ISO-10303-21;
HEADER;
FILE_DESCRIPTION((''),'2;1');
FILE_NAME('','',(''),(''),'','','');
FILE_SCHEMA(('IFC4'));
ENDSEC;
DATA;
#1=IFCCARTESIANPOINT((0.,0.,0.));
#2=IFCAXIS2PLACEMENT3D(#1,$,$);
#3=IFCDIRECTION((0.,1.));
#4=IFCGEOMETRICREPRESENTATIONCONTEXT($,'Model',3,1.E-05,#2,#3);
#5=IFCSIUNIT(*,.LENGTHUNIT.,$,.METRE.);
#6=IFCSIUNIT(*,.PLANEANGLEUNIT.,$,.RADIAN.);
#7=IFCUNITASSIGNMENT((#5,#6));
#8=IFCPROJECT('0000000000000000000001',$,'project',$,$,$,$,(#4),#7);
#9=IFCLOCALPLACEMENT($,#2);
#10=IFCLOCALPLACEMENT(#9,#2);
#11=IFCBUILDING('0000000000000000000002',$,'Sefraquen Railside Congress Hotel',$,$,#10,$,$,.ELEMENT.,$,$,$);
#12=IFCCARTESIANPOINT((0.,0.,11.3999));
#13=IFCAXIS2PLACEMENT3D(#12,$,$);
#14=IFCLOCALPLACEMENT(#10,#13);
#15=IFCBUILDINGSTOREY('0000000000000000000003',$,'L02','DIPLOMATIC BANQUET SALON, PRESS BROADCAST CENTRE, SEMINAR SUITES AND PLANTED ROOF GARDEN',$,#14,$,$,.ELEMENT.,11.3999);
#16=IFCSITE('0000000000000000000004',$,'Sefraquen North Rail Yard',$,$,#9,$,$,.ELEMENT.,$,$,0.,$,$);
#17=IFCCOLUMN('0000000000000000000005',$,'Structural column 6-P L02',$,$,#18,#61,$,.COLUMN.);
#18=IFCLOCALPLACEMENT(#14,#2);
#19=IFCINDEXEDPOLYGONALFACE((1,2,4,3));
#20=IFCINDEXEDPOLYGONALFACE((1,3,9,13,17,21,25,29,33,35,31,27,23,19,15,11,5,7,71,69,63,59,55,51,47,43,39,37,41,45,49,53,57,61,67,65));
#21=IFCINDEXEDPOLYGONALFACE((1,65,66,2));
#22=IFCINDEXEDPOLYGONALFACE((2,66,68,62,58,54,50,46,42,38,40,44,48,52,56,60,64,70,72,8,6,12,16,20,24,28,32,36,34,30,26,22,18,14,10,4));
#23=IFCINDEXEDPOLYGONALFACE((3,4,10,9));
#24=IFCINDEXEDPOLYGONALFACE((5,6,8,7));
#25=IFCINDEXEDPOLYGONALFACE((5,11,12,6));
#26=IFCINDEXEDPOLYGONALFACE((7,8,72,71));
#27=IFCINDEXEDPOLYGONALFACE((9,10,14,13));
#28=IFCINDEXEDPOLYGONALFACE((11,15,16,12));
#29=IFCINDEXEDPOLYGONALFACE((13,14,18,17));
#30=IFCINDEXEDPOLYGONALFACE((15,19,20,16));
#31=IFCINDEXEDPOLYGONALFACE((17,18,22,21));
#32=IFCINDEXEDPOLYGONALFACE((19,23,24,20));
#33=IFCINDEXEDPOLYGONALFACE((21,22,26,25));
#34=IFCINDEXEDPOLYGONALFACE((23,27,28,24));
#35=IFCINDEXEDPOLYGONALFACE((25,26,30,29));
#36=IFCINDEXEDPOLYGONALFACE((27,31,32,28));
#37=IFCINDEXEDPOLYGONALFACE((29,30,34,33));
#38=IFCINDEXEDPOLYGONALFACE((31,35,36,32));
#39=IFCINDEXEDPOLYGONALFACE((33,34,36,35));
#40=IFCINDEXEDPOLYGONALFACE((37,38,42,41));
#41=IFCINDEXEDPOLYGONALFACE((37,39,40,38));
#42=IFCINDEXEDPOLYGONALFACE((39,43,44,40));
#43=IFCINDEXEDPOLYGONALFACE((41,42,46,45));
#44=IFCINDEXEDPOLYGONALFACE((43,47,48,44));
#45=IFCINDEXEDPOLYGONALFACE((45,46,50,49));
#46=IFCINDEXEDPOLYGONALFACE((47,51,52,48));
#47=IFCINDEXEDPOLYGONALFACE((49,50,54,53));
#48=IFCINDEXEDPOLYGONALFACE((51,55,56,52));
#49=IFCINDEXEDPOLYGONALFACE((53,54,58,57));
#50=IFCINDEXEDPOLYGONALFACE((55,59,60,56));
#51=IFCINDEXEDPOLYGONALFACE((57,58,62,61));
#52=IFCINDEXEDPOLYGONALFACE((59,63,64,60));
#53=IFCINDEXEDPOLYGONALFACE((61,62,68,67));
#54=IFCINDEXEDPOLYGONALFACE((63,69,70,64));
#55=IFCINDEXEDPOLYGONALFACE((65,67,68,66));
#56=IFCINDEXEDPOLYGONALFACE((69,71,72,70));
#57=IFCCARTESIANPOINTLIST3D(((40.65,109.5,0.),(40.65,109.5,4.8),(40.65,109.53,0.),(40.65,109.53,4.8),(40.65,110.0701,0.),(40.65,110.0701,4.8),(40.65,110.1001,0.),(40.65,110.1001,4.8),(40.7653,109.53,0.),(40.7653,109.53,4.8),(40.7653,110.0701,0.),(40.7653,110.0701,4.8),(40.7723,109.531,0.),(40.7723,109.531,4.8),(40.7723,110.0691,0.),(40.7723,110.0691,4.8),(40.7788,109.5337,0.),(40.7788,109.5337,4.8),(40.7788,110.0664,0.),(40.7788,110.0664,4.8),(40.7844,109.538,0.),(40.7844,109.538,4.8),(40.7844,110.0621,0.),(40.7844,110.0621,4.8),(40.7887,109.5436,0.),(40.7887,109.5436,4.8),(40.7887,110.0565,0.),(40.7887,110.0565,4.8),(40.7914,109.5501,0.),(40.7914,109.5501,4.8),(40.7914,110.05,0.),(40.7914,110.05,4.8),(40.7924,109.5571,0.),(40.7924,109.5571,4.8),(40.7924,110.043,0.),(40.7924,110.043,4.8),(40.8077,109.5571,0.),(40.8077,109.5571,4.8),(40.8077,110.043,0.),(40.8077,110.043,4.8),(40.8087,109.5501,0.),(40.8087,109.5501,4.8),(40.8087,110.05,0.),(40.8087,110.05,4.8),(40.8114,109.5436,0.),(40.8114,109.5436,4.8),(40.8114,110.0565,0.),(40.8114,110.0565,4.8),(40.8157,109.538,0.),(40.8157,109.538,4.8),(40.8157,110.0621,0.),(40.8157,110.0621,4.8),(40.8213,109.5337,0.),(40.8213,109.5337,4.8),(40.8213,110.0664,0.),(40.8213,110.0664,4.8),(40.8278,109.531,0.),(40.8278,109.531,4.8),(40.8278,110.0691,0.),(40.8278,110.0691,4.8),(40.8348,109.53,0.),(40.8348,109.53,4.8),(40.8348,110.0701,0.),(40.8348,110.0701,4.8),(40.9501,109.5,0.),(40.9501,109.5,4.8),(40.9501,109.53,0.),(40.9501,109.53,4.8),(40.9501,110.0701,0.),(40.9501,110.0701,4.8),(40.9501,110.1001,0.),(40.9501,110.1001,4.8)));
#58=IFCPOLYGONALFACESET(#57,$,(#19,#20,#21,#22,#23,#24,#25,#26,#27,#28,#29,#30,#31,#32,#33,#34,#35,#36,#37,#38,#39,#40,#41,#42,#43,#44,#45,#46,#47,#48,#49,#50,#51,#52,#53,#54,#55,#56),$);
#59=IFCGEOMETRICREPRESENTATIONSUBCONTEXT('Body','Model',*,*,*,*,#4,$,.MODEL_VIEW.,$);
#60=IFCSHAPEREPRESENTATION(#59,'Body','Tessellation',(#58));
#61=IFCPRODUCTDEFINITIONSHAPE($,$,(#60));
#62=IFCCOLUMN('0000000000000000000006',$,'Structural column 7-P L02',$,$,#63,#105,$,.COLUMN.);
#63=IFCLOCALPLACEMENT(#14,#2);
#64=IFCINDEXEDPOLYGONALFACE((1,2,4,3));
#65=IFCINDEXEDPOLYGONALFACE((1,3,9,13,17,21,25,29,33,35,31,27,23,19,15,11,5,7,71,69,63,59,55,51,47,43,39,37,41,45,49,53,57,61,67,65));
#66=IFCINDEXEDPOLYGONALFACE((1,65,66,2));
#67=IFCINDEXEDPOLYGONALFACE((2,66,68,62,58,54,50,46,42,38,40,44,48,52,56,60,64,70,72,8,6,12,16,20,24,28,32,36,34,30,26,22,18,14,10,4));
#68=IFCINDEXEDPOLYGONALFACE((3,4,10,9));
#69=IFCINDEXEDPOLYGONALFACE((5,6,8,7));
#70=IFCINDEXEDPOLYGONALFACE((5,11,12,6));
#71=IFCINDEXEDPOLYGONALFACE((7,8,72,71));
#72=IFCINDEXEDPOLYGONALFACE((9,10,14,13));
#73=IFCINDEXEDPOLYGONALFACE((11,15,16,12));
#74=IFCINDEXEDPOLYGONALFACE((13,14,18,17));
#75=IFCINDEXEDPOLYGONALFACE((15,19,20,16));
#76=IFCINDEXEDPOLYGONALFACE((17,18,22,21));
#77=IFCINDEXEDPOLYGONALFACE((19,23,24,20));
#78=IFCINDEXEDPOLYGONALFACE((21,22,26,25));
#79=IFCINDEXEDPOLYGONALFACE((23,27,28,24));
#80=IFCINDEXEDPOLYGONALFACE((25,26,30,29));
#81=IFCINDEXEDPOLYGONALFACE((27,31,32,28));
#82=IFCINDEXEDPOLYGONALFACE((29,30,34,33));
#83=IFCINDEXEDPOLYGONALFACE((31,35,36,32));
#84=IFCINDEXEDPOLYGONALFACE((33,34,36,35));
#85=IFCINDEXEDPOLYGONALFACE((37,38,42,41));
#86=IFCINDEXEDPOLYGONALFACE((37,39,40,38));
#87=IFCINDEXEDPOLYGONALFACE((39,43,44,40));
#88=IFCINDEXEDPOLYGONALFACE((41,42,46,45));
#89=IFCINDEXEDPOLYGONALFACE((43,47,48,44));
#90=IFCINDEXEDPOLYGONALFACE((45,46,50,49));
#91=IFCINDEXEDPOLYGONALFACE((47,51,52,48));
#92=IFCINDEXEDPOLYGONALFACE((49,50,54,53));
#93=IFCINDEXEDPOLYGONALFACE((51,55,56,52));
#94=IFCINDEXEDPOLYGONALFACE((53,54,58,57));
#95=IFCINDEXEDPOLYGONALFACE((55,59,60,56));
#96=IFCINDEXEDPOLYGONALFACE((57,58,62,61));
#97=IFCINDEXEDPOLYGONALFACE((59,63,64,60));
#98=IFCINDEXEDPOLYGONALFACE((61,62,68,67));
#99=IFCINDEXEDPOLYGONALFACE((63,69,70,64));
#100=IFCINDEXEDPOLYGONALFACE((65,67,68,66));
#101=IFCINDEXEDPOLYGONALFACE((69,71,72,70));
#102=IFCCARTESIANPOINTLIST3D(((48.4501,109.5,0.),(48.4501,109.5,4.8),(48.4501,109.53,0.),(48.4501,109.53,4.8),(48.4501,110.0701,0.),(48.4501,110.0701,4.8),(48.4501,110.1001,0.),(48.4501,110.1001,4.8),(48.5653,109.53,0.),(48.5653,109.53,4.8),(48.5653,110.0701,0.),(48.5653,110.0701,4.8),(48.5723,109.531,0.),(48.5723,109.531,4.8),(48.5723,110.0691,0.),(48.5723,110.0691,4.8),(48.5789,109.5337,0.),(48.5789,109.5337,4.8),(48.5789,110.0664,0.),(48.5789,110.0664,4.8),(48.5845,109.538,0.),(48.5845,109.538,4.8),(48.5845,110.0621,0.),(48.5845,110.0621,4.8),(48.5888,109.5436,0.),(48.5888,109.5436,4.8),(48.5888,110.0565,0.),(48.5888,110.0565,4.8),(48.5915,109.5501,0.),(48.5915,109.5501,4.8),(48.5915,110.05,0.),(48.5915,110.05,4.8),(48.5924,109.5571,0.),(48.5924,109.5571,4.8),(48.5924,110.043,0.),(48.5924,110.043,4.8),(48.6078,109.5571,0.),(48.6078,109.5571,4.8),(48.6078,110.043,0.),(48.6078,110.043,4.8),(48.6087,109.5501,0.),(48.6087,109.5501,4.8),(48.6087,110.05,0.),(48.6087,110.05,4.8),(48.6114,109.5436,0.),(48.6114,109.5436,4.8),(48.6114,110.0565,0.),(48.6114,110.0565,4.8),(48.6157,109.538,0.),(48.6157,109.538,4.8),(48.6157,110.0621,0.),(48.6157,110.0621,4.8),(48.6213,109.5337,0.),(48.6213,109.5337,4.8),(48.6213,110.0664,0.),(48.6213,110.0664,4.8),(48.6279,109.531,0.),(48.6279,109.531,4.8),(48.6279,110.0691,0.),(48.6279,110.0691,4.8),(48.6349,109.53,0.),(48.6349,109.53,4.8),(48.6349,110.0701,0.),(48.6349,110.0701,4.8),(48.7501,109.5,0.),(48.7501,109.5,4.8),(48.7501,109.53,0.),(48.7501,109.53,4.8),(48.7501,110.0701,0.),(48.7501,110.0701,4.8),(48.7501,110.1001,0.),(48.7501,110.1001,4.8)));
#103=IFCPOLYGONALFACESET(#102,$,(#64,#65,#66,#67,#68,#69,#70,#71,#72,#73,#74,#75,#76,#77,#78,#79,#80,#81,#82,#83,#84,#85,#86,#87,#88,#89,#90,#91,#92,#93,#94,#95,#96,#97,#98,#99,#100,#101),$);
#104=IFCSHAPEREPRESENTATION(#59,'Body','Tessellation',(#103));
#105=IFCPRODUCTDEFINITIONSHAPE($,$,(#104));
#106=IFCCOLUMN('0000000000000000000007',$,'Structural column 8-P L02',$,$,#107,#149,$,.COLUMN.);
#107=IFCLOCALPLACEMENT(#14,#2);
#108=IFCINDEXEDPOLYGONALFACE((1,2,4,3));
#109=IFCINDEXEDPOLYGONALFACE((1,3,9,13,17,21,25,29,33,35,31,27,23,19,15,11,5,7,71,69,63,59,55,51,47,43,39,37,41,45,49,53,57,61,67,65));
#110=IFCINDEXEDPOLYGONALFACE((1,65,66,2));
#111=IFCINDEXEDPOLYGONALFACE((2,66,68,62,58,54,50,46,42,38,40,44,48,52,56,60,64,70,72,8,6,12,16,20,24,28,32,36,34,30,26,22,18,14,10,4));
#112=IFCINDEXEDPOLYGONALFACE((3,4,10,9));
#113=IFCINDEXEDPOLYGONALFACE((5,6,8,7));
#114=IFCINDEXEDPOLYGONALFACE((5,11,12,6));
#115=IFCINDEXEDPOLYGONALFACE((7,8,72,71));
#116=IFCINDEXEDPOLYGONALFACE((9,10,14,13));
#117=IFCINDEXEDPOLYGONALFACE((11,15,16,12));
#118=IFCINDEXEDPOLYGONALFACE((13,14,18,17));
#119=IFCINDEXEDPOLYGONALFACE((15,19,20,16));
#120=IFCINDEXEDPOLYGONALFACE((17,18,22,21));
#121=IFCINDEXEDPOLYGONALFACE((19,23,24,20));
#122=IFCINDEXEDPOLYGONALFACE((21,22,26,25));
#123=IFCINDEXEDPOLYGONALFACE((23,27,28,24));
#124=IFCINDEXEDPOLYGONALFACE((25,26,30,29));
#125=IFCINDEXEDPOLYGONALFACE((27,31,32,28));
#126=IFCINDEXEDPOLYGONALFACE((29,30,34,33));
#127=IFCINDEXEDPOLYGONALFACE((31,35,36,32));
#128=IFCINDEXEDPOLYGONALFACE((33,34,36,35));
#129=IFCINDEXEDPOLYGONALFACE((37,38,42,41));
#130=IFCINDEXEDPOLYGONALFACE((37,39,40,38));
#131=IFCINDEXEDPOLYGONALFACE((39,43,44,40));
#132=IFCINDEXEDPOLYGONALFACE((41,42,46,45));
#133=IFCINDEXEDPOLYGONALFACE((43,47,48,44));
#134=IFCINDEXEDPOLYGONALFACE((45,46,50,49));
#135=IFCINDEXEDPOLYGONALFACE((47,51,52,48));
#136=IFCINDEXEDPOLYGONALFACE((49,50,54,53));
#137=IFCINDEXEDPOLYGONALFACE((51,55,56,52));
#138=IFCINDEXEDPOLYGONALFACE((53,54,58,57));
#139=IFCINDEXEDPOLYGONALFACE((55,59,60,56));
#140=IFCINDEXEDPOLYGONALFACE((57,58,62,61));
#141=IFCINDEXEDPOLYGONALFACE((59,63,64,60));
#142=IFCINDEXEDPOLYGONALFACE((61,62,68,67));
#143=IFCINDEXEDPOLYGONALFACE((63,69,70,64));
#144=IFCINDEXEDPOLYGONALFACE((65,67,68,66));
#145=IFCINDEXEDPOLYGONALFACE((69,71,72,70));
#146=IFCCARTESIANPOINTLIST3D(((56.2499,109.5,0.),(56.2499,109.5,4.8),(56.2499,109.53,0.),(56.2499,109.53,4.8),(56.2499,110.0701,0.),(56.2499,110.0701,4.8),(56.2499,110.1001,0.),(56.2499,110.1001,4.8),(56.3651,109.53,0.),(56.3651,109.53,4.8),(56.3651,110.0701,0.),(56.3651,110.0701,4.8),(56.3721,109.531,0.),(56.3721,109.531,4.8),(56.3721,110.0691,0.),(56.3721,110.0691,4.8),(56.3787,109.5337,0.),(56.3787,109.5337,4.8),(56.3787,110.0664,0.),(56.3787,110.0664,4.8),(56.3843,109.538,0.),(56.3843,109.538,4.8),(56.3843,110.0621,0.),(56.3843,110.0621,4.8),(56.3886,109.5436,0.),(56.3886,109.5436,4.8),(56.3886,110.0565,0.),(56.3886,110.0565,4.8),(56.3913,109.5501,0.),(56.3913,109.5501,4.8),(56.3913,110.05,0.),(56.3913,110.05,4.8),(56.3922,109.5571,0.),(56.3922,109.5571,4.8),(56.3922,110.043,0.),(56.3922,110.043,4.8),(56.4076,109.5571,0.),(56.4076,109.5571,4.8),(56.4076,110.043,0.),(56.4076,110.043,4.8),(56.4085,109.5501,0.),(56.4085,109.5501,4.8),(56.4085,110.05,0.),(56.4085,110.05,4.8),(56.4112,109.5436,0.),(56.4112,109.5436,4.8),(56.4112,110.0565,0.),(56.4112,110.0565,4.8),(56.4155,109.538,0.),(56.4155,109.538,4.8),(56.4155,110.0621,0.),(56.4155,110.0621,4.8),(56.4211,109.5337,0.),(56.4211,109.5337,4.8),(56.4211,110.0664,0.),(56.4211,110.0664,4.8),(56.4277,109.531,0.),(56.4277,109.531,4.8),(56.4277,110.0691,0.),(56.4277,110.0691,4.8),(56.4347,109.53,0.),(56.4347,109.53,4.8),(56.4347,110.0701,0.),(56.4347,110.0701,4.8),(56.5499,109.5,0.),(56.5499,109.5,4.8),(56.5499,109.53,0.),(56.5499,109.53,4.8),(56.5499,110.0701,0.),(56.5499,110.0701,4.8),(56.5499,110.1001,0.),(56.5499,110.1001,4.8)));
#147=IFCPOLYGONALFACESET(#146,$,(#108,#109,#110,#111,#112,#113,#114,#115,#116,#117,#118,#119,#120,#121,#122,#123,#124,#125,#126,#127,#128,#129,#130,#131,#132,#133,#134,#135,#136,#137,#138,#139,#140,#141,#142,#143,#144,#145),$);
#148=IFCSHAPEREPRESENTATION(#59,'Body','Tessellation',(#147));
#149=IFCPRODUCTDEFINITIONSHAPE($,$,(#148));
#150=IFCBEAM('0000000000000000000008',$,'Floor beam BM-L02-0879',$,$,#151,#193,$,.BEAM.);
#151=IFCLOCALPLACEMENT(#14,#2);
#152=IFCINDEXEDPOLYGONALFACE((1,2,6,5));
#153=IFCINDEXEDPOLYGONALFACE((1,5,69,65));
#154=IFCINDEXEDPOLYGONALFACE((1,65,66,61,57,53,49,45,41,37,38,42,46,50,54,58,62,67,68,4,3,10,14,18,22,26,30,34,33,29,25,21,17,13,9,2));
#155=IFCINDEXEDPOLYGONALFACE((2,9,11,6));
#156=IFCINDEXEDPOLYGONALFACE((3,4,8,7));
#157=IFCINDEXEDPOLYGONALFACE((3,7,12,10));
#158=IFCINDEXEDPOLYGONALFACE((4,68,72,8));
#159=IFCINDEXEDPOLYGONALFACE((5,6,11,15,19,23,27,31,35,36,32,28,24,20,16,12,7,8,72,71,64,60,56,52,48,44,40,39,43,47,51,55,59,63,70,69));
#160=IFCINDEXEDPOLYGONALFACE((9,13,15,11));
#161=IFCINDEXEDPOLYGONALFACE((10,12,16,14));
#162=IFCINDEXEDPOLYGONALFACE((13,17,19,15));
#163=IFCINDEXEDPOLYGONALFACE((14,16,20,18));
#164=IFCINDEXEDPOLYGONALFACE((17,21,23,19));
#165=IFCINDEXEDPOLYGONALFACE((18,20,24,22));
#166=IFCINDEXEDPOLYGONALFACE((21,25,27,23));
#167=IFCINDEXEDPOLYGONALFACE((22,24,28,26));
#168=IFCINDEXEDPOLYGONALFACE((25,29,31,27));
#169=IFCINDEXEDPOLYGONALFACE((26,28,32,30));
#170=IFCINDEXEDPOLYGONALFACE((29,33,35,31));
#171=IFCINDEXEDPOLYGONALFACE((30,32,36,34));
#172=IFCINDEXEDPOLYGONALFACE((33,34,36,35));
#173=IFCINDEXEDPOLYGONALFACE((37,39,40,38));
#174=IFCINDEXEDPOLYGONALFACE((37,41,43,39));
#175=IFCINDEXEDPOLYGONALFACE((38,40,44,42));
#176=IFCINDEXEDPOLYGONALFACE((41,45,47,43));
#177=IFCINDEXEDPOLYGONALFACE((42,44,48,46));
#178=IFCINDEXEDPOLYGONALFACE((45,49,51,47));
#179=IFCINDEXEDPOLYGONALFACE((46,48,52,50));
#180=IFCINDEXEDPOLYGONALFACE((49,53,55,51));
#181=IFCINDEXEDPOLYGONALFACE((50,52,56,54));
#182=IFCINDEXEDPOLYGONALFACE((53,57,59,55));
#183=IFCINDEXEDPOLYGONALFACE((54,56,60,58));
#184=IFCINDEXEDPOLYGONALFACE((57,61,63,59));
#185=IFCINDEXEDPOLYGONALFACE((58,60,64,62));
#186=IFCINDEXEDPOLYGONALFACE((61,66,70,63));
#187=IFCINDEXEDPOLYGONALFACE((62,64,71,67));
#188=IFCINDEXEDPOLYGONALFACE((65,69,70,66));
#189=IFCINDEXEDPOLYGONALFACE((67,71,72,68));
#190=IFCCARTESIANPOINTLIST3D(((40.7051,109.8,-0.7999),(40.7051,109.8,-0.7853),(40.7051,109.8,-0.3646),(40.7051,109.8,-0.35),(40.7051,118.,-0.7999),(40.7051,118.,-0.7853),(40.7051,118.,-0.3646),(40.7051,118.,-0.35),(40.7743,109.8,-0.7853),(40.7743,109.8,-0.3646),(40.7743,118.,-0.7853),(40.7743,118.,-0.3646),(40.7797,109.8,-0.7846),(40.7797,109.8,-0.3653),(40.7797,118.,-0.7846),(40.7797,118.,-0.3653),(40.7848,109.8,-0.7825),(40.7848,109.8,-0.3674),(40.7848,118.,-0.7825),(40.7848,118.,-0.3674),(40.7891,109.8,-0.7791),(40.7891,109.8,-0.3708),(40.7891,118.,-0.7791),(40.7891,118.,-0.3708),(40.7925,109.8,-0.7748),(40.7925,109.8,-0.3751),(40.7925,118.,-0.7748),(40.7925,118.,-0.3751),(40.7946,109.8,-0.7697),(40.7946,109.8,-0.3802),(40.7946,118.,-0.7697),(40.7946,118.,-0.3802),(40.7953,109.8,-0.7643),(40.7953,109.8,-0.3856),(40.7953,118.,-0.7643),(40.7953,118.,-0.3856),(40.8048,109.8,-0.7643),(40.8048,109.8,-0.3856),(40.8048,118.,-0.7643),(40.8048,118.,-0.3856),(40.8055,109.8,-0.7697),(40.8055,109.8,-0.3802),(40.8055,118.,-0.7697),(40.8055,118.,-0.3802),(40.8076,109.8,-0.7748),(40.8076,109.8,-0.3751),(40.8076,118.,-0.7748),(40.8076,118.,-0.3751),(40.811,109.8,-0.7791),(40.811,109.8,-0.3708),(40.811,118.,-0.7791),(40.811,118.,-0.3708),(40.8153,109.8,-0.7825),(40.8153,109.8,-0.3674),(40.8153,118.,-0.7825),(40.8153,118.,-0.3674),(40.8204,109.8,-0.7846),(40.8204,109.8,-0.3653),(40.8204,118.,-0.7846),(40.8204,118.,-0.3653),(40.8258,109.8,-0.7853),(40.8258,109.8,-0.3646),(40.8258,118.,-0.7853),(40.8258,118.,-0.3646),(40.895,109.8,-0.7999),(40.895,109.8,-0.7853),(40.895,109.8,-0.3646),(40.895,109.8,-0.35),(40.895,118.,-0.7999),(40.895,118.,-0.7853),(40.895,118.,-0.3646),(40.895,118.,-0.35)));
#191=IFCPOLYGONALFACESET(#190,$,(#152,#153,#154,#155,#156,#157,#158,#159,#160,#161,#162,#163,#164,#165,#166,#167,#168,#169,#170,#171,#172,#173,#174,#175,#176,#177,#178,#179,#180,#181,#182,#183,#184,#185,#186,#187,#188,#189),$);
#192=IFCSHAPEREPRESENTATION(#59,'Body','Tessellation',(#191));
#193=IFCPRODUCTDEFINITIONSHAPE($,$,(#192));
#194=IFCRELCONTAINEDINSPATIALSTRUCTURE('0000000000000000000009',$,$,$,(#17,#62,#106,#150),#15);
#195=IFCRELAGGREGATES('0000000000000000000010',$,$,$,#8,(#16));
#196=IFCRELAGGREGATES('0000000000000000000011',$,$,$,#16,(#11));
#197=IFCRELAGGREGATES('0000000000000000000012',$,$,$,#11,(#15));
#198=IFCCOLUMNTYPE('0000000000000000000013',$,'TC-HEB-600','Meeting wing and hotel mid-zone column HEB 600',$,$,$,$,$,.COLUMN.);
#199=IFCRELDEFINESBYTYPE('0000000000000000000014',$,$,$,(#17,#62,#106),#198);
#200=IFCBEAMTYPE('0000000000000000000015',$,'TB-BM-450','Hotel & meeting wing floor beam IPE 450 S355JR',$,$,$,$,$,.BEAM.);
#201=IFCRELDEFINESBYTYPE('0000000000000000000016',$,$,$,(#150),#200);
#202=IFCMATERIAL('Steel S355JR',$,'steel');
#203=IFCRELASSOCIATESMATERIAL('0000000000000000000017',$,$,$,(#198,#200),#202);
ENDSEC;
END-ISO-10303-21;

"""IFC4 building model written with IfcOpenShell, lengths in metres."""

from ifc_helpers import new_model, si_unit, direction, frame, origin, origin_2d, place, context, subcontext, project, spatial, i_section, extrude, material, material_profile, profile_set, type_object, element, save


model = new_model("IFC4")

# Units and contexts
model_context = context("Model", 3, precision=1e-05, world=origin(), true_north=direction((0.0, 1.0)))
body_context = subcontext(model_context, "Body", "Model", "MODEL_VIEW")
ifc_project = project(units=[si_unit("LENGTHUNIT", "METRE"), si_unit("PLANEANGLEUNIT", "RADIAN")], contexts=[model_context])

# Site, building, storey
site_placement = place(None, origin())
site = spatial("IfcSite", under=ifc_project, at=site_placement, Name="Sefraquen North Rail Yard", CompositionType="ELEMENT", RefElevation=0.0)
building_placement = place(site_placement, origin())
building = spatial("IfcBuilding", under=site, at=building_placement, Name="Sefraquen Railside Congress Hotel", CompositionType="ELEMENT")
storey_placement = place(building_placement, frame((0.0, 0.0, 11.3999)))
storey = spatial("IfcBuildingStorey", under=building, at=storey_placement, Name="L02", Description="DIPLOMATIC BANQUET SALON, PRESS BROADCAST CENTRE, SEMINAR SUITES AND PLANTED ROOF GARDEN", CompositionType="ELEMENT", Elevation=11.3999)

# Columns
ifc_material = material(Name="Steel S355JR", Category="steel")
ifc_material_profile_1 = material_profile(ifc_material, i_section(OverallWidth=0.3, OverallDepth=0.6001, WebThickness=0.0154, FlangeThickness=0.03, FilletRadius=0.0271, at=origin_2d()), Name="HEB 600")
ifc_profile_set_1 = profile_set([ifc_material_profile_1], Name="Steel S355JR")
column_type_1 = type_object("IfcColumnType", Name="TC-HEB-600", Description="Meeting wing and hotel mid-zone column HEB 600", PredefinedType="COLUMN", material=ifc_profile_set_1)
for number, where, z_axis, x_axis, name in (
    (1, (40.8, 109.8, 0.0), (0.0, 0.0, 1.0), (1.0, 0.0, 0.0), "Structural column 6-P L02"),
    (2, (48.6001, 109.8, 0.0), (0.0, 0.0, 1.0), (1.0, 0.0, 0.0), "Structural column 7-P L02"),
    (3, (56.3999, 109.8, 0.0), (0.0, 0.0, 1.0), (1.0, 0.0, 0.0), "Structural column 8-P L02"),
):
    element("IfcColumn", number, at=place(storey_placement, frame(where, z_axis=z_axis, x_axis=x_axis)), inside=storey, type_object=column_type_1, Name=name, PredefinedType="COLUMN", context=body_context, shape_type="SweptSolid", body=[
        extrude(i_section(OverallWidth=0.3, OverallDepth=0.6001, WebThickness=0.0154, FlangeThickness=0.03, FilletRadius=0.0271, at=origin_2d()), origin(), (0.0, 0.0, 1.0), 4.8),
    ])

# Beam
ifc_material_profile_2 = material_profile(ifc_material, i_section(OverallWidth=0.1899, OverallDepth=0.45, WebThickness=0.0095, FlangeThickness=0.0146, FilletRadius=0.021, at=origin_2d()), Name="IPE 450")
ifc_profile_set_2 = profile_set([ifc_material_profile_2], Name="Steel S355JR")
beam_type_1 = type_object("IfcBeamType", Name="TB-BM-450", Description="Hotel & meeting wing floor beam IPE 450 S355JR", PredefinedType="BEAM", material=ifc_profile_set_2)
for number, where, z_axis, x_axis, name in (
    (4, (40.8, 109.8, -0.575), (0.0, 1.0, 0.0), (-1.0, 0.0, 0.0), "Floor beam BM-L02-0879"),
):
    element("IfcBeam", number, at=place(storey_placement, frame(where, z_axis=z_axis, x_axis=x_axis)), inside=storey, type_object=beam_type_1, Name=name, PredefinedType="BEAM", context=body_context, shape_type="SweptSolid", body=[
        extrude(i_section(OverallWidth=0.1899, OverallDepth=0.45, WebThickness=0.0095, FlangeThickness=0.0146, FilletRadius=0.021, at=origin_2d()), origin(), (0.0, 0.0, 1.0), 8.2),
    ])

save(model, "model.ifc")
